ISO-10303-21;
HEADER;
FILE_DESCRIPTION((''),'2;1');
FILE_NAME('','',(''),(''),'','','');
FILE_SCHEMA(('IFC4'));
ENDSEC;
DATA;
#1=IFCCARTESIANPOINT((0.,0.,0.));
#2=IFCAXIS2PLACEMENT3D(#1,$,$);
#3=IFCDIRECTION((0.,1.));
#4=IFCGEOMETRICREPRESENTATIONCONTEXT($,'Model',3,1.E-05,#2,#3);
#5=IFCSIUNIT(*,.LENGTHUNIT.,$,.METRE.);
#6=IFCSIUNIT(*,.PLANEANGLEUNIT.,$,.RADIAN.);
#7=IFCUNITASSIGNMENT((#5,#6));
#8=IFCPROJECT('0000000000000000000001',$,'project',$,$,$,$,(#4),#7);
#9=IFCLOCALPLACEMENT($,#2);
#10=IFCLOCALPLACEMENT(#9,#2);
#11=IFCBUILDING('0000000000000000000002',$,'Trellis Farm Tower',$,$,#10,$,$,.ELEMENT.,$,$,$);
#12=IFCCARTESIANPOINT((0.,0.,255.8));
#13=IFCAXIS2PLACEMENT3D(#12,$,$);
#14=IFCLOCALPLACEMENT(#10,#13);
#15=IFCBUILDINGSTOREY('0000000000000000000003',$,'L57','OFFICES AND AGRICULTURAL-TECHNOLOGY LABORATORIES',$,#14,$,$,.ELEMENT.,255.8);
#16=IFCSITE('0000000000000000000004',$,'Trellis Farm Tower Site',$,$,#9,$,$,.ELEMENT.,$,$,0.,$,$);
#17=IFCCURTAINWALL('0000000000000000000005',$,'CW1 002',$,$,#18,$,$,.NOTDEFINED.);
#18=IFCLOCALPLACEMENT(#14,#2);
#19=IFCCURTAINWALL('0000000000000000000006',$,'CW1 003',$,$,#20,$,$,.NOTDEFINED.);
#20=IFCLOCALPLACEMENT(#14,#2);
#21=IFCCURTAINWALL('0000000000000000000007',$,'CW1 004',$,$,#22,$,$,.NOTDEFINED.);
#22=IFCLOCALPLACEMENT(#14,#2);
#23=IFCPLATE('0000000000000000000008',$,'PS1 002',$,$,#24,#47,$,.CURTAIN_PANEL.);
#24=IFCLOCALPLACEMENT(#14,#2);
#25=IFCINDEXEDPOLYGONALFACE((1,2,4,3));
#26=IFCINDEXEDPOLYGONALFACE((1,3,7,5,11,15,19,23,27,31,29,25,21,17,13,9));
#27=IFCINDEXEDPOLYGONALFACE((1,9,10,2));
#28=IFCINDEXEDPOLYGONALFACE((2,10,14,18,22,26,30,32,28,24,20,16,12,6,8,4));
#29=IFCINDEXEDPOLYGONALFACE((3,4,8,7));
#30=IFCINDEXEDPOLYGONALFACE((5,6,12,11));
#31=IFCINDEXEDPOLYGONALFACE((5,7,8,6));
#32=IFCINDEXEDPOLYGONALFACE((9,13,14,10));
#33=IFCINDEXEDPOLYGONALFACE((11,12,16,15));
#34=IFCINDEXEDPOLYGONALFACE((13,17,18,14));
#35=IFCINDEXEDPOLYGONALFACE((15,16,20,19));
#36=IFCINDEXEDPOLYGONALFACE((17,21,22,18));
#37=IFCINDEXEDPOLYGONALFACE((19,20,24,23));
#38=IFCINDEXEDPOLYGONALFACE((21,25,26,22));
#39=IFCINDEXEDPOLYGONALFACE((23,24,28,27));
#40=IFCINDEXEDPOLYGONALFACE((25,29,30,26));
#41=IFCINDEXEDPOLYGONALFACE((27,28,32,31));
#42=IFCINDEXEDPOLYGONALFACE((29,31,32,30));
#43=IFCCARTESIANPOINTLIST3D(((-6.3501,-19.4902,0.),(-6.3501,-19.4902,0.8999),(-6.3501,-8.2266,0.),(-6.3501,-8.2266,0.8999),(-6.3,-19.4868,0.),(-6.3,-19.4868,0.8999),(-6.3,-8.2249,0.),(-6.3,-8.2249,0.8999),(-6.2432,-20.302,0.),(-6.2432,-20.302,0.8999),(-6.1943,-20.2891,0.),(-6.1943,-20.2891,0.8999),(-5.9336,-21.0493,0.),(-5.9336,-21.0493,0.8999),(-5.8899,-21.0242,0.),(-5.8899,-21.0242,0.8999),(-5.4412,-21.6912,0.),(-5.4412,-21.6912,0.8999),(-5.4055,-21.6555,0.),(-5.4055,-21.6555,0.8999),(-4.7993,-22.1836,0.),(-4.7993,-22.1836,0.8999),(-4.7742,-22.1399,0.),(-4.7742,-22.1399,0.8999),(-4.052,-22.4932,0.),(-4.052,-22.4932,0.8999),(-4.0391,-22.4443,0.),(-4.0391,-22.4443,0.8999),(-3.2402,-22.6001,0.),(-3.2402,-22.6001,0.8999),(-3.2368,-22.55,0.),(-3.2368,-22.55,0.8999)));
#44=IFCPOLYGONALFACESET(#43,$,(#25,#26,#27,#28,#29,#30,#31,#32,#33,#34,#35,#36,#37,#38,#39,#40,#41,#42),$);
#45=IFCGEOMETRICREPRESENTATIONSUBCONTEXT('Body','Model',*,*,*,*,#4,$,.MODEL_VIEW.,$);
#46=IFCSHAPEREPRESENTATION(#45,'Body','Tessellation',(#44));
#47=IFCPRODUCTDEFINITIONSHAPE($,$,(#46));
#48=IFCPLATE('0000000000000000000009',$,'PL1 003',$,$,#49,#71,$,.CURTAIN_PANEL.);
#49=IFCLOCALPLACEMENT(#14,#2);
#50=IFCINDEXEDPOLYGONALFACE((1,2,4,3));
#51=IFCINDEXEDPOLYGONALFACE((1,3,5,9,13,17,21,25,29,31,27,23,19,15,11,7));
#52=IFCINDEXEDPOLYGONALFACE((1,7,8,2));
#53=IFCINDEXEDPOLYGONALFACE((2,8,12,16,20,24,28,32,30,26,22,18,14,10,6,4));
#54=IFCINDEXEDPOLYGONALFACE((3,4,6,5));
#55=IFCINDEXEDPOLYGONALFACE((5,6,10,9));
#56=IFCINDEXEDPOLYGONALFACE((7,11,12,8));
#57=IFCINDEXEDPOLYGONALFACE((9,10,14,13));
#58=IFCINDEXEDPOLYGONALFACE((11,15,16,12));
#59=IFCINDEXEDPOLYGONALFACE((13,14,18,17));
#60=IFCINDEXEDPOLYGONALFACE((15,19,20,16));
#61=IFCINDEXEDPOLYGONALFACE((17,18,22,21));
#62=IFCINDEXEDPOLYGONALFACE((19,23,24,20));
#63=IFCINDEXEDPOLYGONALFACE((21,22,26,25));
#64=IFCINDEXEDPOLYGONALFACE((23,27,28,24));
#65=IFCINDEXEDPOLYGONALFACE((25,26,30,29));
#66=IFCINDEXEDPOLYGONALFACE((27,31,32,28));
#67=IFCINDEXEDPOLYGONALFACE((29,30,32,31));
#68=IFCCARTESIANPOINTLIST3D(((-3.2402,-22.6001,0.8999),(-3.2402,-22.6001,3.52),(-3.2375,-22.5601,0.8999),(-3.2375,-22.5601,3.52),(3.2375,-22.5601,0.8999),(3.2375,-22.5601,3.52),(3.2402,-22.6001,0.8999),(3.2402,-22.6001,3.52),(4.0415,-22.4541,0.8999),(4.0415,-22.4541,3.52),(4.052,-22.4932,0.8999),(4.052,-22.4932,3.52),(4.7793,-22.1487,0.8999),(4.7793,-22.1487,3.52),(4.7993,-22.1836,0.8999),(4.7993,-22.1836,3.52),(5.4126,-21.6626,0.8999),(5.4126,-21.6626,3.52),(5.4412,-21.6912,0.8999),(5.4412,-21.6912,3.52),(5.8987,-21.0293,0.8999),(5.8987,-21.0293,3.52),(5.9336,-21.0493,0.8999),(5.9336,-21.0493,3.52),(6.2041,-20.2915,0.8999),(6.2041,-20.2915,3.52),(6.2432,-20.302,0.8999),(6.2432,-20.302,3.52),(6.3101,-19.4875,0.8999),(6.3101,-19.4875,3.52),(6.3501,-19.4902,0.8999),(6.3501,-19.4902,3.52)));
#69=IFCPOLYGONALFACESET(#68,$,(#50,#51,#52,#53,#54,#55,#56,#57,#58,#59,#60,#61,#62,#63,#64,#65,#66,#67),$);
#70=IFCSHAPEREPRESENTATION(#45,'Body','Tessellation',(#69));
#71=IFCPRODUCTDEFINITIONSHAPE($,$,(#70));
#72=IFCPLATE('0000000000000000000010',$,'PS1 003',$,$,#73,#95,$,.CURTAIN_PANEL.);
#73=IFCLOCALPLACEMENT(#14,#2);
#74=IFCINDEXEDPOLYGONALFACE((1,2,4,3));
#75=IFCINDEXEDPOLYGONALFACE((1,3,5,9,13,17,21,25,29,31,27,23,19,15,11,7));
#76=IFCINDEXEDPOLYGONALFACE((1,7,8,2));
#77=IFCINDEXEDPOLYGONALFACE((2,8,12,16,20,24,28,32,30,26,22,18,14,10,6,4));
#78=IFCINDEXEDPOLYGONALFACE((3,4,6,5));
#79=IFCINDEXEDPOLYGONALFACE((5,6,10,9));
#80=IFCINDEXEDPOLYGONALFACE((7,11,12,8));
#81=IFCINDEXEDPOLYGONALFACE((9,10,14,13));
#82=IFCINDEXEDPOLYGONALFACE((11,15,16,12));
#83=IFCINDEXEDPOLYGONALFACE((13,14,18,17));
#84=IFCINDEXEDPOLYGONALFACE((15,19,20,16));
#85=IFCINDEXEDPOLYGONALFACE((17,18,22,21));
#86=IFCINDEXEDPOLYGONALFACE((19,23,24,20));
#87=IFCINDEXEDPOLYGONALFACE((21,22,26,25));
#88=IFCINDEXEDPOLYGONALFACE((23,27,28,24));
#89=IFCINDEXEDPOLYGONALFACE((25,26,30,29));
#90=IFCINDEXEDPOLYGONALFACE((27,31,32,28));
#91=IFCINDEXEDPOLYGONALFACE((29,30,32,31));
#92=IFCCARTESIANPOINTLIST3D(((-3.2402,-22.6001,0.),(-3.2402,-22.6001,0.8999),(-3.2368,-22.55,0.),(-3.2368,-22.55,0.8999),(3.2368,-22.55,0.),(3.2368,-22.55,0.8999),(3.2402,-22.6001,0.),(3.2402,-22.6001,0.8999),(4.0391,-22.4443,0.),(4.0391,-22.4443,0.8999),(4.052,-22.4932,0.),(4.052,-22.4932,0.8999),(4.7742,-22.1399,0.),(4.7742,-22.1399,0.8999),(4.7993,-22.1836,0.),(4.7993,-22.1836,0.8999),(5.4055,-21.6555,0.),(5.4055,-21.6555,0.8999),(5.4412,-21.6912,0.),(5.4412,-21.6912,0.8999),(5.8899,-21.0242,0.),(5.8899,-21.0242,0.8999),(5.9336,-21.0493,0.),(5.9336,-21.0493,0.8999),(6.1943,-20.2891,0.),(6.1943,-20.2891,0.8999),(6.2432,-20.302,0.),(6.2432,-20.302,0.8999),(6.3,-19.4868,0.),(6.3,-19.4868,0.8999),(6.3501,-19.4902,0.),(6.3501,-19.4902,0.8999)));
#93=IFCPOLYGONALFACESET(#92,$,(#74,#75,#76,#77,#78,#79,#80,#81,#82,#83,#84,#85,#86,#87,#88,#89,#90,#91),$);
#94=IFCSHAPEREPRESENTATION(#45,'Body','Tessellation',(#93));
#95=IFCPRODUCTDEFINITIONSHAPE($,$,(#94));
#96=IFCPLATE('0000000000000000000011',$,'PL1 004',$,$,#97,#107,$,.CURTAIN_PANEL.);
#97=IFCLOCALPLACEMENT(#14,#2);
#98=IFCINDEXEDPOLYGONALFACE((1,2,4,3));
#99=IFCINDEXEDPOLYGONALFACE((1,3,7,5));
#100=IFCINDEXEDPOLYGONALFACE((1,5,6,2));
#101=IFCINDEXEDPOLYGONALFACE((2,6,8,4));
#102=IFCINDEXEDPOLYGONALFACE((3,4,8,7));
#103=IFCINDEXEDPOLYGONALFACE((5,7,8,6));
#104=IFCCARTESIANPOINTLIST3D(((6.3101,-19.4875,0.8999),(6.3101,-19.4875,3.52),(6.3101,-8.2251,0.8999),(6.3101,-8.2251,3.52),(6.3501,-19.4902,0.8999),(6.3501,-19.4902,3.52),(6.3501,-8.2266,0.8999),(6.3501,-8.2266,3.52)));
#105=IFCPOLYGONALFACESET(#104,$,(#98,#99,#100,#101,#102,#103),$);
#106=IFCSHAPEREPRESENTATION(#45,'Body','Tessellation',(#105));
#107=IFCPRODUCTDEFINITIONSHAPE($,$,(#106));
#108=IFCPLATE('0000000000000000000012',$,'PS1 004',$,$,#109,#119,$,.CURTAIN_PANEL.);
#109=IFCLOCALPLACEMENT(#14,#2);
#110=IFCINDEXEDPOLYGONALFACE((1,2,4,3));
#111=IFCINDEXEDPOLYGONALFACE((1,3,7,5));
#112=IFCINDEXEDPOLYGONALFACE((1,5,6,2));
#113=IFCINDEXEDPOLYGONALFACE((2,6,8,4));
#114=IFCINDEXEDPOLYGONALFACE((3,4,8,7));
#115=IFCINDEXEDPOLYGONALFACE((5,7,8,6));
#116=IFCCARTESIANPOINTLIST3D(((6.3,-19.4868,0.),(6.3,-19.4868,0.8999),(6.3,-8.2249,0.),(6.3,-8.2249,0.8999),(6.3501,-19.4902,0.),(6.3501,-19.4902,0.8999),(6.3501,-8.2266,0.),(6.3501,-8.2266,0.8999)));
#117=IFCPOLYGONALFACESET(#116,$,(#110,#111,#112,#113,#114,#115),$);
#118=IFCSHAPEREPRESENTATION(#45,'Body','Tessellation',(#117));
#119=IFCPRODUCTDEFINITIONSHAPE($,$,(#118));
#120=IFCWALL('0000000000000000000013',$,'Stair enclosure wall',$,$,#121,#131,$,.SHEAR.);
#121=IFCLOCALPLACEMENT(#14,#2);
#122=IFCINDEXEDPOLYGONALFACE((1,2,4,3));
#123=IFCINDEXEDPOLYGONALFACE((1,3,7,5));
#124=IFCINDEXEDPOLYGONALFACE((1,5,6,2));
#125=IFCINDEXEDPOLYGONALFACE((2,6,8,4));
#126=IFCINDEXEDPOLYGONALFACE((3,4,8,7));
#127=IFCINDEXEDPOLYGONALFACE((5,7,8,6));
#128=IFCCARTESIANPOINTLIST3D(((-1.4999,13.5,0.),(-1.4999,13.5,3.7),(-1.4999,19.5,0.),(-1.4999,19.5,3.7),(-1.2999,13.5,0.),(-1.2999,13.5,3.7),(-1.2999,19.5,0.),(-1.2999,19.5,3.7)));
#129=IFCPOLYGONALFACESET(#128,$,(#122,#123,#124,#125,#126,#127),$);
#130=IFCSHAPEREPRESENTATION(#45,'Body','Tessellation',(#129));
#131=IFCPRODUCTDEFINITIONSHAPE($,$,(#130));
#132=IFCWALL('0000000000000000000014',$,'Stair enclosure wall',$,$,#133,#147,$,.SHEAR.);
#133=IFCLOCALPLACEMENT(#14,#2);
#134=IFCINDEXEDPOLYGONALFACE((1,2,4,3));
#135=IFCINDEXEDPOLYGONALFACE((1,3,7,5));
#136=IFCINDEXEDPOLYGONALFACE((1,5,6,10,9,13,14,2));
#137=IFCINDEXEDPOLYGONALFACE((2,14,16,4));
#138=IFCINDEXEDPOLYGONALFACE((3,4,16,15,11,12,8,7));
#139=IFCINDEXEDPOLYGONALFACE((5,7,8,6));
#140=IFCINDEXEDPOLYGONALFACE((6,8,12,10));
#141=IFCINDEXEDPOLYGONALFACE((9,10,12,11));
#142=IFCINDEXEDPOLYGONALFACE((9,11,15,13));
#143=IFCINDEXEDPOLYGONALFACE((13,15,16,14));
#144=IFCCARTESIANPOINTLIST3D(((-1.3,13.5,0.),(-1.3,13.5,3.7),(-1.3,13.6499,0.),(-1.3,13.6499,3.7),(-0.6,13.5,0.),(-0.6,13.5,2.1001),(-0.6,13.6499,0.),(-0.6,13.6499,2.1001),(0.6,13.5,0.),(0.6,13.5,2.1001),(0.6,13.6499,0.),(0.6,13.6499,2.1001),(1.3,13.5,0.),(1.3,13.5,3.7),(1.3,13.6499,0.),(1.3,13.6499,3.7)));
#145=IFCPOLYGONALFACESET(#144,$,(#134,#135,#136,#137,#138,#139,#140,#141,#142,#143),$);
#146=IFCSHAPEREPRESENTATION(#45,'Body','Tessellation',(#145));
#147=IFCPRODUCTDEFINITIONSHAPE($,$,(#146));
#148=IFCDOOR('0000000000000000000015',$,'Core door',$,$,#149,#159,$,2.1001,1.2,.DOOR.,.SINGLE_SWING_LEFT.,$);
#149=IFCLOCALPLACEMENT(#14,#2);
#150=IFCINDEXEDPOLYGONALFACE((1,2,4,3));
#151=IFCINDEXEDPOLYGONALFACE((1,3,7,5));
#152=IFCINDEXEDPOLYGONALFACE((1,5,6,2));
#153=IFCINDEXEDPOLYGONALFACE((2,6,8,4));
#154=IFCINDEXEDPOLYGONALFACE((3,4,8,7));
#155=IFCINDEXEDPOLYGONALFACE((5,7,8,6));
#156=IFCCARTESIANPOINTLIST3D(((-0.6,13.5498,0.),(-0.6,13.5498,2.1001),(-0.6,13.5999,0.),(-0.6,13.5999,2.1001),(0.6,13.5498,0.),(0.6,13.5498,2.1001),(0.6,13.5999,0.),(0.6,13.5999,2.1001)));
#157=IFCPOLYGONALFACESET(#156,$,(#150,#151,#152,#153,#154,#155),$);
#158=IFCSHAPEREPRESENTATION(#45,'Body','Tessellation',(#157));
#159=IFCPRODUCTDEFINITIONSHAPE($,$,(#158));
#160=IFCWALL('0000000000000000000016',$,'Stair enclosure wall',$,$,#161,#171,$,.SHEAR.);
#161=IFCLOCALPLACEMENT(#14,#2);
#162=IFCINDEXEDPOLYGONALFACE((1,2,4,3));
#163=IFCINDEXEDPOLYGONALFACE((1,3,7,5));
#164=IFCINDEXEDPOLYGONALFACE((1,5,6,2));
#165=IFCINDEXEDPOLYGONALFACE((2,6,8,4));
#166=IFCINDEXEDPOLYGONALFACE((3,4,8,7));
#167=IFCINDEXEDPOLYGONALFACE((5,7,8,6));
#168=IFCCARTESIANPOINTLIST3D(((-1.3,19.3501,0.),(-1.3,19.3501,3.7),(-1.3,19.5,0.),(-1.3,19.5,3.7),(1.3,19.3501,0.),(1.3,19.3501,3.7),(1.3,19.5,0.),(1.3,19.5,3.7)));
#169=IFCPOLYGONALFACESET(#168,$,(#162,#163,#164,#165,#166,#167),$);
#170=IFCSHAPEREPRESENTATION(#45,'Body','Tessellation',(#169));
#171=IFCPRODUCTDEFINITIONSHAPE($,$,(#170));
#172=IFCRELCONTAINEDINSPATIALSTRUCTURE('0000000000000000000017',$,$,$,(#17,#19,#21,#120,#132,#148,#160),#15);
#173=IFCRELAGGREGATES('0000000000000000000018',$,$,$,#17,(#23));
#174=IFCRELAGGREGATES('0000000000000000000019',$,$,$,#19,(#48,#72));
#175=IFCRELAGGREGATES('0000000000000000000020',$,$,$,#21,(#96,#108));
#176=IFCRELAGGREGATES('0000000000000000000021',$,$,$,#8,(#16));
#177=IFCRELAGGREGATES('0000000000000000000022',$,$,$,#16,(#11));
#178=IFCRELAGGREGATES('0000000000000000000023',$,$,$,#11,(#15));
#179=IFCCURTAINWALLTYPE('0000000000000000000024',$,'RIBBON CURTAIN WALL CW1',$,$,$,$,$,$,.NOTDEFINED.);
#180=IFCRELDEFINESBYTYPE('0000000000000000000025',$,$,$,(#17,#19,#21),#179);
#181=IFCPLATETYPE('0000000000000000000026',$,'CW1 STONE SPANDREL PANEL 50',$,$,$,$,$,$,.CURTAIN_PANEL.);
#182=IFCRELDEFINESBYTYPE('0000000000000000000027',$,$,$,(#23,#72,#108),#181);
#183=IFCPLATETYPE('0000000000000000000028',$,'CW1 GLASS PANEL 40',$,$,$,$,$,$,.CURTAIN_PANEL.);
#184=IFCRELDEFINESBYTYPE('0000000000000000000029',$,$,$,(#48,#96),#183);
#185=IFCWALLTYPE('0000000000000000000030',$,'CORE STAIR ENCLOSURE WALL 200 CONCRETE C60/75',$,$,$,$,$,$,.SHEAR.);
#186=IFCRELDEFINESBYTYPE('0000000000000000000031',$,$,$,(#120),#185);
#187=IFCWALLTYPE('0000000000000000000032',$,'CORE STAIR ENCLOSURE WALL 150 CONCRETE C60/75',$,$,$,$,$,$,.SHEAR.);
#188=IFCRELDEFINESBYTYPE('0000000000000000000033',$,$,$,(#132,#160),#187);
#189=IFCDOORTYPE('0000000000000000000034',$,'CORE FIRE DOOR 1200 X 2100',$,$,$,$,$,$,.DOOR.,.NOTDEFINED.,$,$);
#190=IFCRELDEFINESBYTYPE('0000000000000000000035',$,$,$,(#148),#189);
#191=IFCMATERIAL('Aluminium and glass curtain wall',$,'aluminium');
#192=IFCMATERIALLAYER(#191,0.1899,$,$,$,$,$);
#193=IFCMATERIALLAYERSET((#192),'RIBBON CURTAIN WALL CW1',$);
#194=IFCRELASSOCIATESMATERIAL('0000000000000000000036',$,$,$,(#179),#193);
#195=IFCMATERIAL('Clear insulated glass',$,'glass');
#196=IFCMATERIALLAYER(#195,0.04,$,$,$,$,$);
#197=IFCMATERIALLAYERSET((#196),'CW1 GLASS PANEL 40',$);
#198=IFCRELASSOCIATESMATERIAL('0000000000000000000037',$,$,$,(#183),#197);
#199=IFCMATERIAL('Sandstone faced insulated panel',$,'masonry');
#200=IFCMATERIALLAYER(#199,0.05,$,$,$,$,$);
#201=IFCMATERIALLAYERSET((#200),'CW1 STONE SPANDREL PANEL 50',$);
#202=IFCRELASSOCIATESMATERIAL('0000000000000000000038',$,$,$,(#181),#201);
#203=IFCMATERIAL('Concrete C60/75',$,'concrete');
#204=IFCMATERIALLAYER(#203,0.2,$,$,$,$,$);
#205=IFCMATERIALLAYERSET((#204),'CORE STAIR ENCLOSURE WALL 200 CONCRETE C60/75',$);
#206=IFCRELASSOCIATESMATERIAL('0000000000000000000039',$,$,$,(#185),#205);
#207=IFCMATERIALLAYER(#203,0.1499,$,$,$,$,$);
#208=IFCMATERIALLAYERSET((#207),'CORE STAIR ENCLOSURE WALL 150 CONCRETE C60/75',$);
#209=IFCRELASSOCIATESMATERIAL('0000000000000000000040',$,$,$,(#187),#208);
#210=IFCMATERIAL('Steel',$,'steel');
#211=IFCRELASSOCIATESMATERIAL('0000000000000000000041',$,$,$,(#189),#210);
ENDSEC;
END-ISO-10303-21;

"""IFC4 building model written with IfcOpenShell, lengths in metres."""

from ifc_helpers import new_model, si_unit, direction, frame, frame_2d, origin, place, context, subcontext, project, spatial, polyline, rectangle, outline, extrude, source, transform, mapped, material, layer, layer_set, type_object, element, fill, aggregate, save


model = new_model("IFC4")

# Units and contexts
model_context = context("Model", 3, precision=1e-05, world=origin(), true_north=direction((0.0, 1.0)))
body_context = subcontext(model_context, "Body", "Model", "MODEL_VIEW")
ifc_project = project(units=[si_unit("LENGTHUNIT", "METRE"), si_unit("PLANEANGLEUNIT", "RADIAN")], contexts=[model_context])

# Site, building, storey
site_placement = place(None, origin())
site = spatial("IfcSite", under=ifc_project, at=site_placement, Name="Trellis Farm Tower Site", CompositionType="ELEMENT", RefElevation=0.0)
building_placement = place(site_placement, origin())
building = spatial("IfcBuilding", under=site, at=building_placement, Name="Trellis Farm Tower", CompositionType="ELEMENT")
storey_placement = place(building_placement, frame((0.0, 0.0, 255.8)))
storey = spatial("IfcBuildingStorey", under=building, at=storey_placement, Name="L57", Description="OFFICES AND AGRICULTURAL-TECHNOLOGY LABORATORIES", CompositionType="ELEMENT", Elevation=255.8)

# Shared definitions
ifc_material_1 = material(Name="Concrete C60/75", Category="concrete")

# Curtain walls
ifc_material_2 = material(Name="Aluminium and glass curtain wall", Category="aluminium")
placement_1 = place(storey_placement, origin())
ifc_layer_1 = layer(ifc_material_2, 0.1899)
ifc_layer_set_1 = layer_set([ifc_layer_1], Name="RIBBON CURTAIN WALL CW1")
curtain_wall_type_1 = type_object("IfcCurtainWallType", Name="RIBBON CURTAIN WALL CW1", PredefinedType="NOTDEFINED", material=ifc_layer_set_1)
curtain_wall_1 = element("IfcCurtainWall", 1, at=placement_1, inside=storey, type_object=curtain_wall_type_1, Name="CW1 002", PredefinedType="NOTDEFINED")
curtain_wall_2 = element("IfcCurtainWall", 2, at=placement_1, inside=storey, type_object=curtain_wall_type_1, Name="CW1 003", PredefinedType="NOTDEFINED")
curtain_wall_3 = element("IfcCurtainWall", 3, at=placement_1, inside=storey, type_object=curtain_wall_type_1, Name="CW1 004", PredefinedType="NOTDEFINED")

# Plates
ifc_material_3 = material(Name="Clear insulated glass", Category="glass")
ifc_layer_2 = layer(ifc_material_3, 0.04)
ifc_layer_set_2 = layer_set([ifc_layer_2], Name="CW1 GLASS PANEL 40")
plate_type_1 = type_object("IfcPlateType", Name="CW1 GLASS PANEL 40", PredefinedType="CURTAIN_PANEL", material=ifc_layer_set_2)
placement_2 = place(storey_placement, frame((0.0, 0.0, 0.8999)))
ifc_material_4 = material(Name="Sandstone faced insulated panel", Category="masonry")
ifc_layer_3 = layer(ifc_material_4, 0.05)
ifc_layer_set_3 = layer_set([ifc_layer_3], Name="CW1 STONE SPANDREL PANEL 50")
plate_type_2 = type_object("IfcPlateType", Name="CW1 STONE SPANDREL PANEL 50", PredefinedType="CURTAIN_PANEL", material=ifc_layer_set_3)
shared_shape_1 = source(origin(), body_context, "Body", "SweptSolid", [
    extrude(outline(polyline([(-6.3501, -8.2266), (-6.3501, -19.4902), (-6.2432, -20.302), (-5.9336, -21.0493), (-5.4412, -21.6912), (-4.7993, -22.1836), (-4.052, -22.4932), (-3.2402, -22.6001), (-3.2368, -22.55), (-4.0391, -22.4443), (-4.7742, -22.1399), (-5.4055, -21.6555), (-5.8899, -21.0242), (-6.1943, -20.2891), (-6.3, -19.4868), (-6.3, -8.2249), (-6.3501, -8.2266)])), origin(), (0.0, 0.0, 1.0), 0.8999),
])
plate_1 = element("IfcPlate", 4, at=placement_1, type_object=plate_type_2, Name="PS1 002", PredefinedType="CURTAIN_PANEL", context=body_context, shape_type="MappedRepresentation", body=[
    mapped(shared_shape_1, transform((0.0, 0.0, 0.0))),
])
aggregate(curtain_wall_1, [plate_1])
shared_shape_2 = source(origin(), body_context, "Body", "SweptSolid", [
    extrude(outline(polyline([(-3.2402, -22.6001), (3.2402, -22.6001), (4.052, -22.4932), (4.7993, -22.1836), (5.4412, -21.6912), (5.9336, -21.0493), (6.2432, -20.302), (6.3501, -19.4902), (6.3101, -19.4875), (6.2041, -20.2915), (5.8987, -21.0293), (5.4126, -21.6626), (4.7793, -22.1487), (4.0415, -22.4541), (3.2375, -22.5601), (-3.2375, -22.5601), (-3.2402, -22.6001)])), origin(), (0.0, 0.0, 1.0), 2.6201),
])
plate_2 = element("IfcPlate", 5, at=placement_2, type_object=plate_type_1, Name="PL1 003", PredefinedType="CURTAIN_PANEL", context=body_context, shape_type="MappedRepresentation", body=[
    mapped(shared_shape_2, transform((0.0, 0.0, 0.0))),
])
shared_shape_3 = source(origin(), body_context, "Body", "SweptSolid", [
    extrude(outline(polyline([(-3.2402, -22.6001), (3.2402, -22.6001), (4.052, -22.4932), (4.7993, -22.1836), (5.4412, -21.6912), (5.9336, -21.0493), (6.2432, -20.302), (6.3501, -19.4902), (6.3, -19.4868), (6.1943, -20.2891), (5.8899, -21.0242), (5.4055, -21.6555), (4.7742, -22.1399), (4.0391, -22.4443), (3.2368, -22.55), (-3.2368, -22.55), (-3.2402, -22.6001)])), origin(), (0.0, 0.0, 1.0), 0.8999),
])
plate_3 = element("IfcPlate", 6, at=placement_1, type_object=plate_type_2, Name="PS1 003", PredefinedType="CURTAIN_PANEL", context=body_context, shape_type="MappedRepresentation", body=[
    mapped(shared_shape_3, transform((0.0, 0.0, 0.0))),
])
aggregate(curtain_wall_2, [plate_2, plate_3])
shared_shape_4 = source(origin(), body_context, "Body", "SweptSolid", [
    extrude(outline(polyline([(6.3501, -19.4902), (6.3501, -8.2266), (6.3101, -8.2251), (6.3101, -19.4875), (6.3501, -19.4902)])), origin(), (0.0, 0.0, 1.0), 2.6201),
])
plate_4 = element("IfcPlate", 7, at=placement_2, type_object=plate_type_1, Name="PL1 004", PredefinedType="CURTAIN_PANEL", context=body_context, shape_type="MappedRepresentation", body=[
    mapped(shared_shape_4, transform((0.0, 0.0, 0.0))),
])
shared_shape_5 = source(origin(), body_context, "Body", "SweptSolid", [
    extrude(outline(polyline([(6.3501, -19.4902), (6.3501, -8.2266), (6.3, -8.2249), (6.3, -19.4868), (6.3501, -19.4902)])), origin(), (0.0, 0.0, 1.0), 0.8999),
])
plate_5 = element("IfcPlate", 8, at=placement_1, type_object=plate_type_2, Name="PS1 004", PredefinedType="CURTAIN_PANEL", context=body_context, shape_type="MappedRepresentation", body=[
    mapped(shared_shape_5, transform((0.0, 0.0, 0.0))),
])
aggregate(curtain_wall_3, [plate_4, plate_5])

# Wall
ifc_layer_4 = layer(ifc_material_1, 0.2)
ifc_layer_set_4 = layer_set([ifc_layer_4], Name="CORE STAIR ENCLOSURE WALL 200 CONCRETE C60/75")
wall_type_1 = type_object("IfcWallType", Name="CORE STAIR ENCLOSURE WALL 200 CONCRETE C60/75", PredefinedType="SHEAR", material=ifc_layer_set_4)
shared_shape_6 = source(origin(), body_context, "Body", "SweptSolid", [
    extrude(rectangle(XDim=6.0, YDim=0.2, at=frame_2d((3.0, 0.0))), origin(), (0.0, 0.0, 1.0), 3.7),
])
wall_1_placement = place(storey_placement, frame((-1.3999, 13.5, 0.0), z_axis=(0.0, 0.0, 1.0), x_axis=(0.0, 1.0, 0.0)))
element("IfcWall", 9, at=wall_1_placement, inside=storey, type_object=wall_type_1, Name="Stair enclosure wall", PredefinedType="SHEAR", context=body_context, shape_type="MappedRepresentation", body=[
    mapped(shared_shape_6, transform((0.0, 0.0, 0.0))),
])

# Wall, opening, door
ifc_layer_5 = layer(ifc_material_1, 0.1499)
ifc_layer_set_5 = layer_set([ifc_layer_5], Name="CORE STAIR ENCLOSURE WALL 150 CONCRETE C60/75")
wall_type_2 = type_object("IfcWallType", Name="CORE STAIR ENCLOSURE WALL 150 CONCRETE C60/75", PredefinedType="SHEAR", material=ifc_layer_set_5)
shared_shape_7 = source(origin(), body_context, "Body", "SweptSolid", [
    extrude(rectangle(XDim=2.6001, YDim=0.1499, at=frame_2d((1.3, 0.0))), origin(), (0.0, 0.0, 1.0), 3.7),
])
wall_2_placement = place(storey_placement, frame((-1.3, 13.575, 0.0), z_axis=(0.0, 0.0, 1.0), x_axis=(1.0, 0.0, 0.0)))
wall_2 = element("IfcWall", 10, at=wall_2_placement, inside=storey, type_object=wall_type_2, Name="Stair enclosure wall", PredefinedType="SHEAR", context=body_context, shape_type="MappedRepresentation", body=[
    mapped(shared_shape_7, transform((0.0, 0.0, 0.0))),
])
shared_shape_8 = source(origin(), body_context, "Body", "SweptSolid", [
    extrude(rectangle(XDim=1.2, YDim=2.1001, at=frame_2d((0.6001, 1.05))), frame((0.0, 0.085, 0.0), z_axis=(0.0, -1.0, 0.0), x_axis=(1.0, 0.0, 0.0)), (0.0, 0.0, 1.0), 0.1699),
])
opening_1_placement = place(wall_2_placement, frame((0.7, 0.0, 0.0)))
opening_1 = element("IfcOpeningElement", 11, at=opening_1_placement, cuts=wall_2, PredefinedType="OPENING", context=body_context, shape_type="MappedRepresentation", body=[
    mapped(shared_shape_8, transform((0.0, 0.0, 0.0))),
])
ifc_material_5 = material(Name="Steel", Category="steel")
door_type_1 = type_object("IfcDoorType", Name="CORE FIRE DOOR 1200 X 2100", OperationType="NOTDEFINED", PredefinedType="DOOR", material=ifc_material_5)
shared_shape_9 = source(origin(), body_context, "Body", "SweptSolid", [
    extrude(rectangle(XDim=1.2, YDim=2.1001, at=frame_2d((0.6001, 1.05))), frame((0.0, 0.0249, 0.0), z_axis=(0.0, -1.0, 0.0), x_axis=(1.0, 0.0, 0.0)), (0.0, 0.0, 1.0), 0.05),
])
door_1_placement = place(opening_1_placement, origin())
door_1 = element("IfcDoor", 12, at=door_1_placement, inside=storey, type_object=door_type_1, Name="Core door", OperationType="SINGLE_SWING_LEFT", OverallHeight=2.1001, OverallWidth=1.2, PredefinedType="DOOR", context=body_context, shape_type="MappedRepresentation", body=[
    mapped(shared_shape_9, transform((0.0, 0.0, 0.0))),
])
fill(opening_1, door_1)

# Wall
wall_3_placement = place(storey_placement, frame((-1.3, 19.425, 0.0), z_axis=(0.0, 0.0, 1.0), x_axis=(1.0, 0.0, 0.0)))
element("IfcWall", 13, at=wall_3_placement, inside=storey, type_object=wall_type_2, Name="Stair enclosure wall", PredefinedType="SHEAR", context=body_context, shape_type="MappedRepresentation", body=[
    mapped(shared_shape_7, transform((0.0, 0.0, 0.0))),
])

save(model, "model.ifc")
